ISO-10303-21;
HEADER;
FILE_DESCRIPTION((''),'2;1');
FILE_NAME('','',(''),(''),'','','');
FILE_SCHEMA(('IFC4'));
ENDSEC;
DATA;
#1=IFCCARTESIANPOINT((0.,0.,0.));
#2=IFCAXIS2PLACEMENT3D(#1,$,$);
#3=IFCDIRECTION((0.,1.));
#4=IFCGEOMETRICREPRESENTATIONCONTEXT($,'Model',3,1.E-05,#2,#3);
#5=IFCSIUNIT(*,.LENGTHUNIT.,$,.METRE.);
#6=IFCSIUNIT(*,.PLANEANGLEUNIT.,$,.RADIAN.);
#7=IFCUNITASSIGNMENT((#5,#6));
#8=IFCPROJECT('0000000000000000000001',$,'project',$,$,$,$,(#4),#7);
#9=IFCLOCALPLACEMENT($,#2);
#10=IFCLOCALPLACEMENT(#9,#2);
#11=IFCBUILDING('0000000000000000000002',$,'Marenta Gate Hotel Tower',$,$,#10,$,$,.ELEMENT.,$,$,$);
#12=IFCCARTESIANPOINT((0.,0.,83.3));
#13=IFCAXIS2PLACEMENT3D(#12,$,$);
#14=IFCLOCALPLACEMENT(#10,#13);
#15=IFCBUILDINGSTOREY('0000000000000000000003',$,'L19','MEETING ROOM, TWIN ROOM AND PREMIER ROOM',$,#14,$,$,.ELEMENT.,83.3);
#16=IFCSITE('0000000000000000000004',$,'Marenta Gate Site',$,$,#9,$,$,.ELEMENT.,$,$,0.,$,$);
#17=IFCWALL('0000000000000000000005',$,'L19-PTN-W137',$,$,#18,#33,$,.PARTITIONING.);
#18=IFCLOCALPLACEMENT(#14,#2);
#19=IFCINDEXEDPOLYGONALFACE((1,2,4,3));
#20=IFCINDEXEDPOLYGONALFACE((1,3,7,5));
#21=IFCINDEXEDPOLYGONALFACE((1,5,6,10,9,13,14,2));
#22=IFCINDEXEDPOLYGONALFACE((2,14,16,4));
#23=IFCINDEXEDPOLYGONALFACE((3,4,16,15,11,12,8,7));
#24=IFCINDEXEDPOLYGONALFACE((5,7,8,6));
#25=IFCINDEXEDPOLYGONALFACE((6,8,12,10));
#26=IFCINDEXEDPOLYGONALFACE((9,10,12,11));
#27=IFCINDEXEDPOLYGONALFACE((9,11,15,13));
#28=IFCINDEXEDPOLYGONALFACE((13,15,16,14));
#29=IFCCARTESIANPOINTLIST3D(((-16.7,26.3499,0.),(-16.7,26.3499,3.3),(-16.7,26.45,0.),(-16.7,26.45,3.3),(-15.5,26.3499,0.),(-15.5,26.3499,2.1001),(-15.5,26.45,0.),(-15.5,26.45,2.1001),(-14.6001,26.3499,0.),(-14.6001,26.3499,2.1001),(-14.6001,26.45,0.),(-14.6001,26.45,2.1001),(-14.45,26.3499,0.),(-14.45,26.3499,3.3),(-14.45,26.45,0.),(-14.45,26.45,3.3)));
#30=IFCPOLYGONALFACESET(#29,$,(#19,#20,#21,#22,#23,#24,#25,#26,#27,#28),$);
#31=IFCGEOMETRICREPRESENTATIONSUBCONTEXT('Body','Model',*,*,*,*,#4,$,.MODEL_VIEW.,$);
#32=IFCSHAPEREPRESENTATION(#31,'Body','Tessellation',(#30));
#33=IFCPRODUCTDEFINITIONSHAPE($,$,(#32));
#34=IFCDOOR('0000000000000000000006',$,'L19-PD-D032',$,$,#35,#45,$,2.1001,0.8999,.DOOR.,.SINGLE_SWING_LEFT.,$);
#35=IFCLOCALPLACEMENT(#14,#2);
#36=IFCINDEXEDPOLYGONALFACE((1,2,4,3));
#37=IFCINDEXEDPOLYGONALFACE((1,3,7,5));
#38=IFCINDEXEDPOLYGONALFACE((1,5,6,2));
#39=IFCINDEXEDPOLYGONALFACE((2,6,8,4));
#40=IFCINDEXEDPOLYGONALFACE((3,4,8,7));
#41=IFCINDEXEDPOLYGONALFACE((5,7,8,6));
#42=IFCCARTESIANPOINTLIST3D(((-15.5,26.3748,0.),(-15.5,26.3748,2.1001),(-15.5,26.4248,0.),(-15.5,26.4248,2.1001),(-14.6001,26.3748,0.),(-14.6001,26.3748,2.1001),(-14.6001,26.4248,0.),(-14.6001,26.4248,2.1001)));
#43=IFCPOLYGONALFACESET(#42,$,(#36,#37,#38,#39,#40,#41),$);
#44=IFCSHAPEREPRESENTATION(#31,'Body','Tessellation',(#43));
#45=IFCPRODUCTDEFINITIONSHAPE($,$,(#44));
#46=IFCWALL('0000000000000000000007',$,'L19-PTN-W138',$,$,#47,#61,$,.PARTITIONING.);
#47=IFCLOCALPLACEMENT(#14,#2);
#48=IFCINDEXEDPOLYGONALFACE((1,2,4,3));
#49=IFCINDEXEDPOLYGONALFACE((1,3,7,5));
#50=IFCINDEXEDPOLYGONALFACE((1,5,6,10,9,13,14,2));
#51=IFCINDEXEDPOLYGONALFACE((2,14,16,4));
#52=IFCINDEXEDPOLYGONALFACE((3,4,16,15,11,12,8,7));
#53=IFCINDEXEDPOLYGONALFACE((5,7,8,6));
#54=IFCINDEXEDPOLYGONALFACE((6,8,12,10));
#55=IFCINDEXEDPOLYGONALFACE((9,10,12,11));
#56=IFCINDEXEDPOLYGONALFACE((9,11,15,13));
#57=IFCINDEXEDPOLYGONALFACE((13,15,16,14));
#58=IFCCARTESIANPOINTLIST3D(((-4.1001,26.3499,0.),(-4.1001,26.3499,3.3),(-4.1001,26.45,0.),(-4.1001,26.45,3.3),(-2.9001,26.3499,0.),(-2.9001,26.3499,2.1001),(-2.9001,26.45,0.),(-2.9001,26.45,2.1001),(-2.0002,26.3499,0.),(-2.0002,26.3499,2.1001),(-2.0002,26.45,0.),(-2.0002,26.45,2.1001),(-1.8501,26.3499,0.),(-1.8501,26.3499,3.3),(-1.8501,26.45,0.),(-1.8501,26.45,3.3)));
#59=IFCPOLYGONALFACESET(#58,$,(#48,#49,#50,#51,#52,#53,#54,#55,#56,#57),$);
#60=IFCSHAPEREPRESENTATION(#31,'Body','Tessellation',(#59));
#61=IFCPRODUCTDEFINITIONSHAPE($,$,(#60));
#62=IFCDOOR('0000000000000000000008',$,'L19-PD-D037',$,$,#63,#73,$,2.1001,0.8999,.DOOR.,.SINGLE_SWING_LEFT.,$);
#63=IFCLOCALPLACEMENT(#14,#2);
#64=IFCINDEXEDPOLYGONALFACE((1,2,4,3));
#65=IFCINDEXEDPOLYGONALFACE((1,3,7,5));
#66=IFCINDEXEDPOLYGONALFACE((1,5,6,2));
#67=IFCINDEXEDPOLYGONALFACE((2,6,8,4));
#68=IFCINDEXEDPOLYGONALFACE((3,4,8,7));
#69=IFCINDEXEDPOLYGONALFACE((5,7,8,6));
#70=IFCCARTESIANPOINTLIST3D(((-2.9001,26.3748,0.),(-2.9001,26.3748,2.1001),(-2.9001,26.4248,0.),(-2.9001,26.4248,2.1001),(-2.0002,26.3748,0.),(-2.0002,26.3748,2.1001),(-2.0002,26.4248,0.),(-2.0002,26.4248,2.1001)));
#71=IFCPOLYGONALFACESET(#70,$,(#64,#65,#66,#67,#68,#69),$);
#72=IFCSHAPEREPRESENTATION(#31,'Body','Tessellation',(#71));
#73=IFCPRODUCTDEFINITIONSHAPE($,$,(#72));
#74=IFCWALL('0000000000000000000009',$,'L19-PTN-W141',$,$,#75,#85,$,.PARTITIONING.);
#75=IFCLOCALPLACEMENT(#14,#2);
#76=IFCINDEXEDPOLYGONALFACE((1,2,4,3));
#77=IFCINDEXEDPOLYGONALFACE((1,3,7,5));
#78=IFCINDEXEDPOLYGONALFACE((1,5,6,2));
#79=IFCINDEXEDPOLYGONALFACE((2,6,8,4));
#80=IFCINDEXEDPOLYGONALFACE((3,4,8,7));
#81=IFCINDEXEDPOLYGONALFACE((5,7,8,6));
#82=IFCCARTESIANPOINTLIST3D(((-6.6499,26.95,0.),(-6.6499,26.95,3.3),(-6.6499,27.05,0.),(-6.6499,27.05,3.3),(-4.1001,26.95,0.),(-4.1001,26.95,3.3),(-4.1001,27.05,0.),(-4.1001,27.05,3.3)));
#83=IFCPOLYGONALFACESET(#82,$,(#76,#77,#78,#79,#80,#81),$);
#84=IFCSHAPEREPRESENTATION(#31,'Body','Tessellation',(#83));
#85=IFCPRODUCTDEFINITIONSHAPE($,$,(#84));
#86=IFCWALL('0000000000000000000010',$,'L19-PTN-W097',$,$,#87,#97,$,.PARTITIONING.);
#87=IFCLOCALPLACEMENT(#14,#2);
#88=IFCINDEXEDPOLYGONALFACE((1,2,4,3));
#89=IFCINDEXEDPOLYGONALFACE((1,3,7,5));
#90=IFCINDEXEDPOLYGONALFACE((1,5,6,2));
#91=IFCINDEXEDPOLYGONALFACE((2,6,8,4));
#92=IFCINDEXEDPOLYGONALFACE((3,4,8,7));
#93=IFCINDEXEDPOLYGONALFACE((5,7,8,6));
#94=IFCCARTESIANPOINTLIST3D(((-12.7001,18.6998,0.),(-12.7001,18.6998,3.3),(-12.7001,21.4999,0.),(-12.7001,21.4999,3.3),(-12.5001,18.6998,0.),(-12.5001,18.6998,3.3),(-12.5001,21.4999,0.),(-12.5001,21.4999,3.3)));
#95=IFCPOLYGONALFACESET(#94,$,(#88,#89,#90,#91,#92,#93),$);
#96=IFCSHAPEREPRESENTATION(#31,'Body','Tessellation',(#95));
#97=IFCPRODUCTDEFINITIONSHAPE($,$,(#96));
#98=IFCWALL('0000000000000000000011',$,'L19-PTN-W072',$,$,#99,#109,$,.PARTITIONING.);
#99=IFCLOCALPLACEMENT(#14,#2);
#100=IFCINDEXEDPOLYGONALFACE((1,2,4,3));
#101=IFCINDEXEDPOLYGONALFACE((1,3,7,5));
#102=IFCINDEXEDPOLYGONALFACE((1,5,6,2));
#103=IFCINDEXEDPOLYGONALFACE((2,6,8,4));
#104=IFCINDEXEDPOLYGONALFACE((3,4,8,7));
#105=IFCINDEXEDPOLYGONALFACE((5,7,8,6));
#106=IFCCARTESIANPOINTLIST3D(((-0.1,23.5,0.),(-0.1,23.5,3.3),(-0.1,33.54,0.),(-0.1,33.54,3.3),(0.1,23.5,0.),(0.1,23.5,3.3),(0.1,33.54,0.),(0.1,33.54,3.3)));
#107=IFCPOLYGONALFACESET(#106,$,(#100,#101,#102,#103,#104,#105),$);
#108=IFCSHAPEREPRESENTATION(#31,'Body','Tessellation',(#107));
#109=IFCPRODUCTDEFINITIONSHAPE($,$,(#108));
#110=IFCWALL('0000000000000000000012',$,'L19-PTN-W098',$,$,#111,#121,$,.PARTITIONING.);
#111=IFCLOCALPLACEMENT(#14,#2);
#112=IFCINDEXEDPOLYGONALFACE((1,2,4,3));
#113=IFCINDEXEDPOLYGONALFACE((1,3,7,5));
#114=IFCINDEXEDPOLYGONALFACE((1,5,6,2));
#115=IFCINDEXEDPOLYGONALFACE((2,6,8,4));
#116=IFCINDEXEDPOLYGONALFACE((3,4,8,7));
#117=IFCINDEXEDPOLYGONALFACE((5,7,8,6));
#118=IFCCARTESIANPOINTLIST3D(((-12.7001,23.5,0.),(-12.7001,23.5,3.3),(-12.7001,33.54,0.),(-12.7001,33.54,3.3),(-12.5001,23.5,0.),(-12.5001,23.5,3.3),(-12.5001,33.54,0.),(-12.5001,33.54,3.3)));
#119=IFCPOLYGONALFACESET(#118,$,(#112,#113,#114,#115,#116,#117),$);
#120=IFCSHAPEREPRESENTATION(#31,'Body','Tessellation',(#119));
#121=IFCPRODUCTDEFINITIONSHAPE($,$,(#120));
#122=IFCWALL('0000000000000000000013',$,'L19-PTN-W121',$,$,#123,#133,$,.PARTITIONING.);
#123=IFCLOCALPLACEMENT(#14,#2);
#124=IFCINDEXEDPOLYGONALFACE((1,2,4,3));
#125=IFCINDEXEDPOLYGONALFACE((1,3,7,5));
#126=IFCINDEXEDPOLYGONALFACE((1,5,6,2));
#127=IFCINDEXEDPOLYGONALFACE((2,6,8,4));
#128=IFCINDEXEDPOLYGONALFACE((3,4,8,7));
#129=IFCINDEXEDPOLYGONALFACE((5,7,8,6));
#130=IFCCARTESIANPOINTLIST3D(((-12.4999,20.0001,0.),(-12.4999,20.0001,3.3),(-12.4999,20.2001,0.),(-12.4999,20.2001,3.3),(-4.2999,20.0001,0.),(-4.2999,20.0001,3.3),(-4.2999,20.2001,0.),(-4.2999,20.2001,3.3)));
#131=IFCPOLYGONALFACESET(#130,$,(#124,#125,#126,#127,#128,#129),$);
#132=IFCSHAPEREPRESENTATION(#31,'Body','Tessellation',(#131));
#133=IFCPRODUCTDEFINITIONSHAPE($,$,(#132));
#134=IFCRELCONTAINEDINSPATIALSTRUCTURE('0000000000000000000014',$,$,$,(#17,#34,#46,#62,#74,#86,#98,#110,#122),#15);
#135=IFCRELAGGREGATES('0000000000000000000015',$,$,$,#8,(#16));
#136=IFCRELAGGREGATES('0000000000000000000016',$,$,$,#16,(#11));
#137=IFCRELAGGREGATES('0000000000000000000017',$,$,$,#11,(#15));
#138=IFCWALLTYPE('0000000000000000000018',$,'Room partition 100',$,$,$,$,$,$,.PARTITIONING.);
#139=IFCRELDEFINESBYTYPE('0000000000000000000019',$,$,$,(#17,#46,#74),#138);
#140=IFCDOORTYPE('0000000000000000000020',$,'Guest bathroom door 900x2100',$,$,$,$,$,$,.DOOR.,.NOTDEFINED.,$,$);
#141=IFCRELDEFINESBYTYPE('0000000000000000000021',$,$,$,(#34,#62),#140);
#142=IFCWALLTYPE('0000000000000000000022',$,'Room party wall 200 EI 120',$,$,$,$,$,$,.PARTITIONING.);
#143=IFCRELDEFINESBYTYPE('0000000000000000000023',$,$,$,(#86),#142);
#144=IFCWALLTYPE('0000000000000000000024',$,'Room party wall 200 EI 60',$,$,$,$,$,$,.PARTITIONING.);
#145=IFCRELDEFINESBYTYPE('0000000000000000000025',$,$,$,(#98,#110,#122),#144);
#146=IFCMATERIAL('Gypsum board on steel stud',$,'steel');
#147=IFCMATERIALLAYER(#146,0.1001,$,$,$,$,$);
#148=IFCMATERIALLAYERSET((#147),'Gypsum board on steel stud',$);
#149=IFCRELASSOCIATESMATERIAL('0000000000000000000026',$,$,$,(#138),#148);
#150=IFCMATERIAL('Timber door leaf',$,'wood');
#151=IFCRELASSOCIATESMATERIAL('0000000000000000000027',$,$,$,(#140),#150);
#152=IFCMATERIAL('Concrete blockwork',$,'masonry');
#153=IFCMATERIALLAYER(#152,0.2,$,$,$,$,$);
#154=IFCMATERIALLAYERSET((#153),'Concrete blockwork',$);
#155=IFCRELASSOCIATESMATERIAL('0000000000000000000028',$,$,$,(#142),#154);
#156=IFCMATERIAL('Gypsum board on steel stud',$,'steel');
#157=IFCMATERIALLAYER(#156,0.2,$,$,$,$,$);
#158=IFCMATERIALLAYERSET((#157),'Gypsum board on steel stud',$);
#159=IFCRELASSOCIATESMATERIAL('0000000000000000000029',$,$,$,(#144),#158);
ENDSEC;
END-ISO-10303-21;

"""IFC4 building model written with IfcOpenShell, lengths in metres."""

from ifc_helpers import new_model, si_unit, direction, frame, frame_2d, origin, place, context, subcontext, project, spatial, rectangle, extrude, material, layer, layer_set, type_object, element, fill, save


model = new_model("IFC4")

# Units and contexts
model_context = context("Model", 3, precision=1e-05, world=origin(), true_north=direction((0.0, 1.0)))
body_context = subcontext(model_context, "Body", "Model", "MODEL_VIEW")
ifc_project = project(units=[si_unit("LENGTHUNIT", "METRE"), si_unit("PLANEANGLEUNIT", "RADIAN")], contexts=[model_context])

# Site, building, storey
site_placement = place(None, origin())
site = spatial("IfcSite", under=ifc_project, at=site_placement, Name="Marenta Gate Site", CompositionType="ELEMENT", RefElevation=0.0)
building_placement = place(site_placement, origin())
building = spatial("IfcBuilding", under=site, at=building_placement, Name="Marenta Gate Hotel Tower", CompositionType="ELEMENT")
storey_placement = place(building_placement, frame((0.0, 0.0, 83.3)))
storey = spatial("IfcBuildingStorey", under=building, at=storey_placement, Name="L19", Description="MEETING ROOM, TWIN ROOM AND PREMIER ROOM", CompositionType="ELEMENT", Elevation=83.3)

# Shared definitions
ifc_material_1 = material(Name="Gypsum board on steel stud", Category="steel")
ifc_layer_1 = layer(ifc_material_1, 0.1001)
ifc_layer_set_1 = layer_set([ifc_layer_1], Name="Gypsum board on steel stud")
wall_type_1 = type_object("IfcWallType", Name="Room partition 100", PredefinedType="PARTITIONING", material=ifc_layer_set_1)

# Shared definitions
ifc_material_2 = material(Name="Timber door leaf", Category="wood")
door_type_1 = type_object("IfcDoorType", Name="Guest bathroom door 900x2100", OperationType="NOTDEFINED", PredefinedType="DOOR", material=ifc_material_2)

# Walls, openings, doors
wall_1_placement = place(storey_placement, frame((-16.7, 26.3999, 0.0), z_axis=(0.0, 0.0, 1.0), x_axis=(1.0, 0.0, 0.0)))
wall_1 = element("IfcWall", 1, at=wall_1_placement, inside=storey, type_object=wall_type_1, Name="L19-PTN-W137", PredefinedType="PARTITIONING", context=body_context, shape_type="SweptSolid", body=[
    extrude(rectangle(XDim=2.25, YDim=0.1001, at=frame_2d((1.125, 0.0))), origin(), (0.0, 0.0, 1.0), 3.3),
])
opening_1_placement = place(wall_1_placement, frame((1.2, 0.0, 0.0)))
opening_1 = element("IfcOpeningElement", 2, at=opening_1_placement, cuts=wall_1, PredefinedType="OPENING", context=body_context, shape_type="SweptSolid", body=[
    extrude(rectangle(XDim=0.8999, YDim=2.1001, at=frame_2d((0.45, 1.05))), frame((0.0, 0.05, 0.0), z_axis=(0.0, -1.0, 0.0), x_axis=(1.0, 0.0, 0.0)), (0.0, 0.0, 1.0), 0.1001),
])
door_1_placement = place(opening_1_placement, origin())
door_1 = element("IfcDoor", 3, at=door_1_placement, inside=storey, type_object=door_type_1, Name="L19-PD-D032", OperationType="SINGLE_SWING_LEFT", OverallHeight=2.1001, OverallWidth=0.8999, PredefinedType="DOOR", context=body_context, shape_type="SweptSolid", body=[
    extrude(rectangle(XDim=0.8999, YDim=2.1001, at=frame_2d((0.45, 1.05))), frame((0.0, 0.0249, 0.0), z_axis=(0.0, -1.0, 0.0), x_axis=(1.0, 0.0, 0.0)), (0.0, 0.0, 1.0), 0.05),
])
fill(opening_1, door_1)
wall_2_placement = place(storey_placement, frame((-4.1001, 26.3999, 0.0), z_axis=(0.0, 0.0, 1.0), x_axis=(1.0, 0.0, 0.0)))
wall_2 = element("IfcWall", 4, at=wall_2_placement, inside=storey, type_object=wall_type_1, Name="L19-PTN-W138", PredefinedType="PARTITIONING", context=body_context, shape_type="SweptSolid", body=[
    extrude(rectangle(XDim=2.25, YDim=0.1001, at=frame_2d((1.125, 0.0))), origin(), (0.0, 0.0, 1.0), 3.3),
])
opening_2_placement = place(wall_2_placement, frame((1.2, 0.0, 0.0)))
opening_2 = element("IfcOpeningElement", 5, at=opening_2_placement, cuts=wall_2, PredefinedType="OPENING", context=body_context, shape_type="SweptSolid", body=[
    extrude(rectangle(XDim=0.8999, YDim=2.1001, at=frame_2d((0.45, 1.05))), frame((0.0, 0.05, 0.0), z_axis=(0.0, -1.0, 0.0), x_axis=(1.0, 0.0, 0.0)), (0.0, 0.0, 1.0), 0.1001),
])
door_2_placement = place(opening_2_placement, origin())
door_2 = element("IfcDoor", 6, at=door_2_placement, inside=storey, type_object=door_type_1, Name="L19-PD-D037", OperationType="SINGLE_SWING_LEFT", OverallHeight=2.1001, OverallWidth=0.8999, PredefinedType="DOOR", context=body_context, shape_type="SweptSolid", body=[
    extrude(rectangle(XDim=0.8999, YDim=2.1001, at=frame_2d((0.45, 1.05))), frame((0.0, 0.0249, 0.0), z_axis=(0.0, -1.0, 0.0), x_axis=(1.0, 0.0, 0.0)), (0.0, 0.0, 1.0), 0.05),
])
fill(opening_2, door_2)

# Walls
wall_3_placement = place(storey_placement, frame((-6.6499, 27.0, 0.0), z_axis=(0.0, 0.0, 1.0), x_axis=(1.0, 0.0, 0.0)))
element("IfcWall", 7, at=wall_3_placement, inside=storey, type_object=wall_type_1, Name="L19-PTN-W141", PredefinedType="PARTITIONING", context=body_context, shape_type="SweptSolid", body=[
    extrude(rectangle(XDim=2.5498, YDim=0.1001, at=frame_2d((1.2749, 0.0))), origin(), (0.0, 0.0, 1.0), 3.3),
])
ifc_material_3 = material(Name="Concrete blockwork", Category="masonry")
ifc_layer_2 = layer(ifc_material_3, 0.2)
ifc_layer_set_2 = layer_set([ifc_layer_2], Name="Concrete blockwork")
wall_type_2 = type_object("IfcWallType", Name="Room party wall 200 EI 120", PredefinedType="PARTITIONING", material=ifc_layer_set_2)
wall_4_placement = place(storey_placement, frame((-12.6001, 18.7, 0.0), z_axis=(0.0, 0.0, 1.0), x_axis=(0.0, 1.0, 0.0)))
element("IfcWall", 8, at=wall_4_placement, inside=storey, type_object=wall_type_2, Name="L19-PTN-W097", PredefinedType="PARTITIONING", context=body_context, shape_type="SweptSolid", body=[
    extrude(rectangle(XDim=2.8, YDim=0.2, at=frame_2d((1.3999, 0.0))), origin(), (0.0, 0.0, 1.0), 3.3),
])
ifc_material_4 = material(Name="Gypsum board on steel stud", Category="steel")
ifc_layer_3 = layer(ifc_material_4, 0.2)
ifc_layer_set_3 = layer_set([ifc_layer_3], Name="Gypsum board on steel stud")
wall_type_3 = type_object("IfcWallType", Name="Room party wall 200 EI 60", PredefinedType="PARTITIONING", material=ifc_layer_set_3)
for number, where, z_axis, x_axis, name in (
    (9, (0.0, 23.5, 0.0), (0.0, 0.0, 1.0), (0.0, 1.0, 0.0), "L19-PTN-W072"),
    (10, (-12.6001, 23.5, 0.0), (0.0, 0.0, 1.0), (0.0, 1.0, 0.0), "L19-PTN-W098"),
):
    element("IfcWall", number, at=place(storey_placement, frame(where, z_axis=z_axis, x_axis=x_axis)), inside=storey, type_object=wall_type_3, Name=name, PredefinedType="PARTITIONING", context=body_context, shape_type="SweptSolid", body=[
        extrude(rectangle(XDim=10.04, YDim=0.2, at=frame_2d((5.02, 0.0))), origin(), (0.0, 0.0, 1.0), 3.3),
    ])
wall_5_placement = place(storey_placement, frame((-12.5, 20.1001, 0.0), z_axis=(0.0, 0.0, 1.0), x_axis=(1.0, 0.0, 0.0)))
element("IfcWall", 11, at=wall_5_placement, inside=storey, type_object=wall_type_3, Name="L19-PTN-W121", PredefinedType="PARTITIONING", context=body_context, shape_type="SweptSolid", body=[
    extrude(rectangle(XDim=8.2, YDim=0.2, at=frame_2d((4.1001, 0.0))), origin(), (0.0, 0.0, 1.0), 3.3),
])

save(model, "model.ifc")
